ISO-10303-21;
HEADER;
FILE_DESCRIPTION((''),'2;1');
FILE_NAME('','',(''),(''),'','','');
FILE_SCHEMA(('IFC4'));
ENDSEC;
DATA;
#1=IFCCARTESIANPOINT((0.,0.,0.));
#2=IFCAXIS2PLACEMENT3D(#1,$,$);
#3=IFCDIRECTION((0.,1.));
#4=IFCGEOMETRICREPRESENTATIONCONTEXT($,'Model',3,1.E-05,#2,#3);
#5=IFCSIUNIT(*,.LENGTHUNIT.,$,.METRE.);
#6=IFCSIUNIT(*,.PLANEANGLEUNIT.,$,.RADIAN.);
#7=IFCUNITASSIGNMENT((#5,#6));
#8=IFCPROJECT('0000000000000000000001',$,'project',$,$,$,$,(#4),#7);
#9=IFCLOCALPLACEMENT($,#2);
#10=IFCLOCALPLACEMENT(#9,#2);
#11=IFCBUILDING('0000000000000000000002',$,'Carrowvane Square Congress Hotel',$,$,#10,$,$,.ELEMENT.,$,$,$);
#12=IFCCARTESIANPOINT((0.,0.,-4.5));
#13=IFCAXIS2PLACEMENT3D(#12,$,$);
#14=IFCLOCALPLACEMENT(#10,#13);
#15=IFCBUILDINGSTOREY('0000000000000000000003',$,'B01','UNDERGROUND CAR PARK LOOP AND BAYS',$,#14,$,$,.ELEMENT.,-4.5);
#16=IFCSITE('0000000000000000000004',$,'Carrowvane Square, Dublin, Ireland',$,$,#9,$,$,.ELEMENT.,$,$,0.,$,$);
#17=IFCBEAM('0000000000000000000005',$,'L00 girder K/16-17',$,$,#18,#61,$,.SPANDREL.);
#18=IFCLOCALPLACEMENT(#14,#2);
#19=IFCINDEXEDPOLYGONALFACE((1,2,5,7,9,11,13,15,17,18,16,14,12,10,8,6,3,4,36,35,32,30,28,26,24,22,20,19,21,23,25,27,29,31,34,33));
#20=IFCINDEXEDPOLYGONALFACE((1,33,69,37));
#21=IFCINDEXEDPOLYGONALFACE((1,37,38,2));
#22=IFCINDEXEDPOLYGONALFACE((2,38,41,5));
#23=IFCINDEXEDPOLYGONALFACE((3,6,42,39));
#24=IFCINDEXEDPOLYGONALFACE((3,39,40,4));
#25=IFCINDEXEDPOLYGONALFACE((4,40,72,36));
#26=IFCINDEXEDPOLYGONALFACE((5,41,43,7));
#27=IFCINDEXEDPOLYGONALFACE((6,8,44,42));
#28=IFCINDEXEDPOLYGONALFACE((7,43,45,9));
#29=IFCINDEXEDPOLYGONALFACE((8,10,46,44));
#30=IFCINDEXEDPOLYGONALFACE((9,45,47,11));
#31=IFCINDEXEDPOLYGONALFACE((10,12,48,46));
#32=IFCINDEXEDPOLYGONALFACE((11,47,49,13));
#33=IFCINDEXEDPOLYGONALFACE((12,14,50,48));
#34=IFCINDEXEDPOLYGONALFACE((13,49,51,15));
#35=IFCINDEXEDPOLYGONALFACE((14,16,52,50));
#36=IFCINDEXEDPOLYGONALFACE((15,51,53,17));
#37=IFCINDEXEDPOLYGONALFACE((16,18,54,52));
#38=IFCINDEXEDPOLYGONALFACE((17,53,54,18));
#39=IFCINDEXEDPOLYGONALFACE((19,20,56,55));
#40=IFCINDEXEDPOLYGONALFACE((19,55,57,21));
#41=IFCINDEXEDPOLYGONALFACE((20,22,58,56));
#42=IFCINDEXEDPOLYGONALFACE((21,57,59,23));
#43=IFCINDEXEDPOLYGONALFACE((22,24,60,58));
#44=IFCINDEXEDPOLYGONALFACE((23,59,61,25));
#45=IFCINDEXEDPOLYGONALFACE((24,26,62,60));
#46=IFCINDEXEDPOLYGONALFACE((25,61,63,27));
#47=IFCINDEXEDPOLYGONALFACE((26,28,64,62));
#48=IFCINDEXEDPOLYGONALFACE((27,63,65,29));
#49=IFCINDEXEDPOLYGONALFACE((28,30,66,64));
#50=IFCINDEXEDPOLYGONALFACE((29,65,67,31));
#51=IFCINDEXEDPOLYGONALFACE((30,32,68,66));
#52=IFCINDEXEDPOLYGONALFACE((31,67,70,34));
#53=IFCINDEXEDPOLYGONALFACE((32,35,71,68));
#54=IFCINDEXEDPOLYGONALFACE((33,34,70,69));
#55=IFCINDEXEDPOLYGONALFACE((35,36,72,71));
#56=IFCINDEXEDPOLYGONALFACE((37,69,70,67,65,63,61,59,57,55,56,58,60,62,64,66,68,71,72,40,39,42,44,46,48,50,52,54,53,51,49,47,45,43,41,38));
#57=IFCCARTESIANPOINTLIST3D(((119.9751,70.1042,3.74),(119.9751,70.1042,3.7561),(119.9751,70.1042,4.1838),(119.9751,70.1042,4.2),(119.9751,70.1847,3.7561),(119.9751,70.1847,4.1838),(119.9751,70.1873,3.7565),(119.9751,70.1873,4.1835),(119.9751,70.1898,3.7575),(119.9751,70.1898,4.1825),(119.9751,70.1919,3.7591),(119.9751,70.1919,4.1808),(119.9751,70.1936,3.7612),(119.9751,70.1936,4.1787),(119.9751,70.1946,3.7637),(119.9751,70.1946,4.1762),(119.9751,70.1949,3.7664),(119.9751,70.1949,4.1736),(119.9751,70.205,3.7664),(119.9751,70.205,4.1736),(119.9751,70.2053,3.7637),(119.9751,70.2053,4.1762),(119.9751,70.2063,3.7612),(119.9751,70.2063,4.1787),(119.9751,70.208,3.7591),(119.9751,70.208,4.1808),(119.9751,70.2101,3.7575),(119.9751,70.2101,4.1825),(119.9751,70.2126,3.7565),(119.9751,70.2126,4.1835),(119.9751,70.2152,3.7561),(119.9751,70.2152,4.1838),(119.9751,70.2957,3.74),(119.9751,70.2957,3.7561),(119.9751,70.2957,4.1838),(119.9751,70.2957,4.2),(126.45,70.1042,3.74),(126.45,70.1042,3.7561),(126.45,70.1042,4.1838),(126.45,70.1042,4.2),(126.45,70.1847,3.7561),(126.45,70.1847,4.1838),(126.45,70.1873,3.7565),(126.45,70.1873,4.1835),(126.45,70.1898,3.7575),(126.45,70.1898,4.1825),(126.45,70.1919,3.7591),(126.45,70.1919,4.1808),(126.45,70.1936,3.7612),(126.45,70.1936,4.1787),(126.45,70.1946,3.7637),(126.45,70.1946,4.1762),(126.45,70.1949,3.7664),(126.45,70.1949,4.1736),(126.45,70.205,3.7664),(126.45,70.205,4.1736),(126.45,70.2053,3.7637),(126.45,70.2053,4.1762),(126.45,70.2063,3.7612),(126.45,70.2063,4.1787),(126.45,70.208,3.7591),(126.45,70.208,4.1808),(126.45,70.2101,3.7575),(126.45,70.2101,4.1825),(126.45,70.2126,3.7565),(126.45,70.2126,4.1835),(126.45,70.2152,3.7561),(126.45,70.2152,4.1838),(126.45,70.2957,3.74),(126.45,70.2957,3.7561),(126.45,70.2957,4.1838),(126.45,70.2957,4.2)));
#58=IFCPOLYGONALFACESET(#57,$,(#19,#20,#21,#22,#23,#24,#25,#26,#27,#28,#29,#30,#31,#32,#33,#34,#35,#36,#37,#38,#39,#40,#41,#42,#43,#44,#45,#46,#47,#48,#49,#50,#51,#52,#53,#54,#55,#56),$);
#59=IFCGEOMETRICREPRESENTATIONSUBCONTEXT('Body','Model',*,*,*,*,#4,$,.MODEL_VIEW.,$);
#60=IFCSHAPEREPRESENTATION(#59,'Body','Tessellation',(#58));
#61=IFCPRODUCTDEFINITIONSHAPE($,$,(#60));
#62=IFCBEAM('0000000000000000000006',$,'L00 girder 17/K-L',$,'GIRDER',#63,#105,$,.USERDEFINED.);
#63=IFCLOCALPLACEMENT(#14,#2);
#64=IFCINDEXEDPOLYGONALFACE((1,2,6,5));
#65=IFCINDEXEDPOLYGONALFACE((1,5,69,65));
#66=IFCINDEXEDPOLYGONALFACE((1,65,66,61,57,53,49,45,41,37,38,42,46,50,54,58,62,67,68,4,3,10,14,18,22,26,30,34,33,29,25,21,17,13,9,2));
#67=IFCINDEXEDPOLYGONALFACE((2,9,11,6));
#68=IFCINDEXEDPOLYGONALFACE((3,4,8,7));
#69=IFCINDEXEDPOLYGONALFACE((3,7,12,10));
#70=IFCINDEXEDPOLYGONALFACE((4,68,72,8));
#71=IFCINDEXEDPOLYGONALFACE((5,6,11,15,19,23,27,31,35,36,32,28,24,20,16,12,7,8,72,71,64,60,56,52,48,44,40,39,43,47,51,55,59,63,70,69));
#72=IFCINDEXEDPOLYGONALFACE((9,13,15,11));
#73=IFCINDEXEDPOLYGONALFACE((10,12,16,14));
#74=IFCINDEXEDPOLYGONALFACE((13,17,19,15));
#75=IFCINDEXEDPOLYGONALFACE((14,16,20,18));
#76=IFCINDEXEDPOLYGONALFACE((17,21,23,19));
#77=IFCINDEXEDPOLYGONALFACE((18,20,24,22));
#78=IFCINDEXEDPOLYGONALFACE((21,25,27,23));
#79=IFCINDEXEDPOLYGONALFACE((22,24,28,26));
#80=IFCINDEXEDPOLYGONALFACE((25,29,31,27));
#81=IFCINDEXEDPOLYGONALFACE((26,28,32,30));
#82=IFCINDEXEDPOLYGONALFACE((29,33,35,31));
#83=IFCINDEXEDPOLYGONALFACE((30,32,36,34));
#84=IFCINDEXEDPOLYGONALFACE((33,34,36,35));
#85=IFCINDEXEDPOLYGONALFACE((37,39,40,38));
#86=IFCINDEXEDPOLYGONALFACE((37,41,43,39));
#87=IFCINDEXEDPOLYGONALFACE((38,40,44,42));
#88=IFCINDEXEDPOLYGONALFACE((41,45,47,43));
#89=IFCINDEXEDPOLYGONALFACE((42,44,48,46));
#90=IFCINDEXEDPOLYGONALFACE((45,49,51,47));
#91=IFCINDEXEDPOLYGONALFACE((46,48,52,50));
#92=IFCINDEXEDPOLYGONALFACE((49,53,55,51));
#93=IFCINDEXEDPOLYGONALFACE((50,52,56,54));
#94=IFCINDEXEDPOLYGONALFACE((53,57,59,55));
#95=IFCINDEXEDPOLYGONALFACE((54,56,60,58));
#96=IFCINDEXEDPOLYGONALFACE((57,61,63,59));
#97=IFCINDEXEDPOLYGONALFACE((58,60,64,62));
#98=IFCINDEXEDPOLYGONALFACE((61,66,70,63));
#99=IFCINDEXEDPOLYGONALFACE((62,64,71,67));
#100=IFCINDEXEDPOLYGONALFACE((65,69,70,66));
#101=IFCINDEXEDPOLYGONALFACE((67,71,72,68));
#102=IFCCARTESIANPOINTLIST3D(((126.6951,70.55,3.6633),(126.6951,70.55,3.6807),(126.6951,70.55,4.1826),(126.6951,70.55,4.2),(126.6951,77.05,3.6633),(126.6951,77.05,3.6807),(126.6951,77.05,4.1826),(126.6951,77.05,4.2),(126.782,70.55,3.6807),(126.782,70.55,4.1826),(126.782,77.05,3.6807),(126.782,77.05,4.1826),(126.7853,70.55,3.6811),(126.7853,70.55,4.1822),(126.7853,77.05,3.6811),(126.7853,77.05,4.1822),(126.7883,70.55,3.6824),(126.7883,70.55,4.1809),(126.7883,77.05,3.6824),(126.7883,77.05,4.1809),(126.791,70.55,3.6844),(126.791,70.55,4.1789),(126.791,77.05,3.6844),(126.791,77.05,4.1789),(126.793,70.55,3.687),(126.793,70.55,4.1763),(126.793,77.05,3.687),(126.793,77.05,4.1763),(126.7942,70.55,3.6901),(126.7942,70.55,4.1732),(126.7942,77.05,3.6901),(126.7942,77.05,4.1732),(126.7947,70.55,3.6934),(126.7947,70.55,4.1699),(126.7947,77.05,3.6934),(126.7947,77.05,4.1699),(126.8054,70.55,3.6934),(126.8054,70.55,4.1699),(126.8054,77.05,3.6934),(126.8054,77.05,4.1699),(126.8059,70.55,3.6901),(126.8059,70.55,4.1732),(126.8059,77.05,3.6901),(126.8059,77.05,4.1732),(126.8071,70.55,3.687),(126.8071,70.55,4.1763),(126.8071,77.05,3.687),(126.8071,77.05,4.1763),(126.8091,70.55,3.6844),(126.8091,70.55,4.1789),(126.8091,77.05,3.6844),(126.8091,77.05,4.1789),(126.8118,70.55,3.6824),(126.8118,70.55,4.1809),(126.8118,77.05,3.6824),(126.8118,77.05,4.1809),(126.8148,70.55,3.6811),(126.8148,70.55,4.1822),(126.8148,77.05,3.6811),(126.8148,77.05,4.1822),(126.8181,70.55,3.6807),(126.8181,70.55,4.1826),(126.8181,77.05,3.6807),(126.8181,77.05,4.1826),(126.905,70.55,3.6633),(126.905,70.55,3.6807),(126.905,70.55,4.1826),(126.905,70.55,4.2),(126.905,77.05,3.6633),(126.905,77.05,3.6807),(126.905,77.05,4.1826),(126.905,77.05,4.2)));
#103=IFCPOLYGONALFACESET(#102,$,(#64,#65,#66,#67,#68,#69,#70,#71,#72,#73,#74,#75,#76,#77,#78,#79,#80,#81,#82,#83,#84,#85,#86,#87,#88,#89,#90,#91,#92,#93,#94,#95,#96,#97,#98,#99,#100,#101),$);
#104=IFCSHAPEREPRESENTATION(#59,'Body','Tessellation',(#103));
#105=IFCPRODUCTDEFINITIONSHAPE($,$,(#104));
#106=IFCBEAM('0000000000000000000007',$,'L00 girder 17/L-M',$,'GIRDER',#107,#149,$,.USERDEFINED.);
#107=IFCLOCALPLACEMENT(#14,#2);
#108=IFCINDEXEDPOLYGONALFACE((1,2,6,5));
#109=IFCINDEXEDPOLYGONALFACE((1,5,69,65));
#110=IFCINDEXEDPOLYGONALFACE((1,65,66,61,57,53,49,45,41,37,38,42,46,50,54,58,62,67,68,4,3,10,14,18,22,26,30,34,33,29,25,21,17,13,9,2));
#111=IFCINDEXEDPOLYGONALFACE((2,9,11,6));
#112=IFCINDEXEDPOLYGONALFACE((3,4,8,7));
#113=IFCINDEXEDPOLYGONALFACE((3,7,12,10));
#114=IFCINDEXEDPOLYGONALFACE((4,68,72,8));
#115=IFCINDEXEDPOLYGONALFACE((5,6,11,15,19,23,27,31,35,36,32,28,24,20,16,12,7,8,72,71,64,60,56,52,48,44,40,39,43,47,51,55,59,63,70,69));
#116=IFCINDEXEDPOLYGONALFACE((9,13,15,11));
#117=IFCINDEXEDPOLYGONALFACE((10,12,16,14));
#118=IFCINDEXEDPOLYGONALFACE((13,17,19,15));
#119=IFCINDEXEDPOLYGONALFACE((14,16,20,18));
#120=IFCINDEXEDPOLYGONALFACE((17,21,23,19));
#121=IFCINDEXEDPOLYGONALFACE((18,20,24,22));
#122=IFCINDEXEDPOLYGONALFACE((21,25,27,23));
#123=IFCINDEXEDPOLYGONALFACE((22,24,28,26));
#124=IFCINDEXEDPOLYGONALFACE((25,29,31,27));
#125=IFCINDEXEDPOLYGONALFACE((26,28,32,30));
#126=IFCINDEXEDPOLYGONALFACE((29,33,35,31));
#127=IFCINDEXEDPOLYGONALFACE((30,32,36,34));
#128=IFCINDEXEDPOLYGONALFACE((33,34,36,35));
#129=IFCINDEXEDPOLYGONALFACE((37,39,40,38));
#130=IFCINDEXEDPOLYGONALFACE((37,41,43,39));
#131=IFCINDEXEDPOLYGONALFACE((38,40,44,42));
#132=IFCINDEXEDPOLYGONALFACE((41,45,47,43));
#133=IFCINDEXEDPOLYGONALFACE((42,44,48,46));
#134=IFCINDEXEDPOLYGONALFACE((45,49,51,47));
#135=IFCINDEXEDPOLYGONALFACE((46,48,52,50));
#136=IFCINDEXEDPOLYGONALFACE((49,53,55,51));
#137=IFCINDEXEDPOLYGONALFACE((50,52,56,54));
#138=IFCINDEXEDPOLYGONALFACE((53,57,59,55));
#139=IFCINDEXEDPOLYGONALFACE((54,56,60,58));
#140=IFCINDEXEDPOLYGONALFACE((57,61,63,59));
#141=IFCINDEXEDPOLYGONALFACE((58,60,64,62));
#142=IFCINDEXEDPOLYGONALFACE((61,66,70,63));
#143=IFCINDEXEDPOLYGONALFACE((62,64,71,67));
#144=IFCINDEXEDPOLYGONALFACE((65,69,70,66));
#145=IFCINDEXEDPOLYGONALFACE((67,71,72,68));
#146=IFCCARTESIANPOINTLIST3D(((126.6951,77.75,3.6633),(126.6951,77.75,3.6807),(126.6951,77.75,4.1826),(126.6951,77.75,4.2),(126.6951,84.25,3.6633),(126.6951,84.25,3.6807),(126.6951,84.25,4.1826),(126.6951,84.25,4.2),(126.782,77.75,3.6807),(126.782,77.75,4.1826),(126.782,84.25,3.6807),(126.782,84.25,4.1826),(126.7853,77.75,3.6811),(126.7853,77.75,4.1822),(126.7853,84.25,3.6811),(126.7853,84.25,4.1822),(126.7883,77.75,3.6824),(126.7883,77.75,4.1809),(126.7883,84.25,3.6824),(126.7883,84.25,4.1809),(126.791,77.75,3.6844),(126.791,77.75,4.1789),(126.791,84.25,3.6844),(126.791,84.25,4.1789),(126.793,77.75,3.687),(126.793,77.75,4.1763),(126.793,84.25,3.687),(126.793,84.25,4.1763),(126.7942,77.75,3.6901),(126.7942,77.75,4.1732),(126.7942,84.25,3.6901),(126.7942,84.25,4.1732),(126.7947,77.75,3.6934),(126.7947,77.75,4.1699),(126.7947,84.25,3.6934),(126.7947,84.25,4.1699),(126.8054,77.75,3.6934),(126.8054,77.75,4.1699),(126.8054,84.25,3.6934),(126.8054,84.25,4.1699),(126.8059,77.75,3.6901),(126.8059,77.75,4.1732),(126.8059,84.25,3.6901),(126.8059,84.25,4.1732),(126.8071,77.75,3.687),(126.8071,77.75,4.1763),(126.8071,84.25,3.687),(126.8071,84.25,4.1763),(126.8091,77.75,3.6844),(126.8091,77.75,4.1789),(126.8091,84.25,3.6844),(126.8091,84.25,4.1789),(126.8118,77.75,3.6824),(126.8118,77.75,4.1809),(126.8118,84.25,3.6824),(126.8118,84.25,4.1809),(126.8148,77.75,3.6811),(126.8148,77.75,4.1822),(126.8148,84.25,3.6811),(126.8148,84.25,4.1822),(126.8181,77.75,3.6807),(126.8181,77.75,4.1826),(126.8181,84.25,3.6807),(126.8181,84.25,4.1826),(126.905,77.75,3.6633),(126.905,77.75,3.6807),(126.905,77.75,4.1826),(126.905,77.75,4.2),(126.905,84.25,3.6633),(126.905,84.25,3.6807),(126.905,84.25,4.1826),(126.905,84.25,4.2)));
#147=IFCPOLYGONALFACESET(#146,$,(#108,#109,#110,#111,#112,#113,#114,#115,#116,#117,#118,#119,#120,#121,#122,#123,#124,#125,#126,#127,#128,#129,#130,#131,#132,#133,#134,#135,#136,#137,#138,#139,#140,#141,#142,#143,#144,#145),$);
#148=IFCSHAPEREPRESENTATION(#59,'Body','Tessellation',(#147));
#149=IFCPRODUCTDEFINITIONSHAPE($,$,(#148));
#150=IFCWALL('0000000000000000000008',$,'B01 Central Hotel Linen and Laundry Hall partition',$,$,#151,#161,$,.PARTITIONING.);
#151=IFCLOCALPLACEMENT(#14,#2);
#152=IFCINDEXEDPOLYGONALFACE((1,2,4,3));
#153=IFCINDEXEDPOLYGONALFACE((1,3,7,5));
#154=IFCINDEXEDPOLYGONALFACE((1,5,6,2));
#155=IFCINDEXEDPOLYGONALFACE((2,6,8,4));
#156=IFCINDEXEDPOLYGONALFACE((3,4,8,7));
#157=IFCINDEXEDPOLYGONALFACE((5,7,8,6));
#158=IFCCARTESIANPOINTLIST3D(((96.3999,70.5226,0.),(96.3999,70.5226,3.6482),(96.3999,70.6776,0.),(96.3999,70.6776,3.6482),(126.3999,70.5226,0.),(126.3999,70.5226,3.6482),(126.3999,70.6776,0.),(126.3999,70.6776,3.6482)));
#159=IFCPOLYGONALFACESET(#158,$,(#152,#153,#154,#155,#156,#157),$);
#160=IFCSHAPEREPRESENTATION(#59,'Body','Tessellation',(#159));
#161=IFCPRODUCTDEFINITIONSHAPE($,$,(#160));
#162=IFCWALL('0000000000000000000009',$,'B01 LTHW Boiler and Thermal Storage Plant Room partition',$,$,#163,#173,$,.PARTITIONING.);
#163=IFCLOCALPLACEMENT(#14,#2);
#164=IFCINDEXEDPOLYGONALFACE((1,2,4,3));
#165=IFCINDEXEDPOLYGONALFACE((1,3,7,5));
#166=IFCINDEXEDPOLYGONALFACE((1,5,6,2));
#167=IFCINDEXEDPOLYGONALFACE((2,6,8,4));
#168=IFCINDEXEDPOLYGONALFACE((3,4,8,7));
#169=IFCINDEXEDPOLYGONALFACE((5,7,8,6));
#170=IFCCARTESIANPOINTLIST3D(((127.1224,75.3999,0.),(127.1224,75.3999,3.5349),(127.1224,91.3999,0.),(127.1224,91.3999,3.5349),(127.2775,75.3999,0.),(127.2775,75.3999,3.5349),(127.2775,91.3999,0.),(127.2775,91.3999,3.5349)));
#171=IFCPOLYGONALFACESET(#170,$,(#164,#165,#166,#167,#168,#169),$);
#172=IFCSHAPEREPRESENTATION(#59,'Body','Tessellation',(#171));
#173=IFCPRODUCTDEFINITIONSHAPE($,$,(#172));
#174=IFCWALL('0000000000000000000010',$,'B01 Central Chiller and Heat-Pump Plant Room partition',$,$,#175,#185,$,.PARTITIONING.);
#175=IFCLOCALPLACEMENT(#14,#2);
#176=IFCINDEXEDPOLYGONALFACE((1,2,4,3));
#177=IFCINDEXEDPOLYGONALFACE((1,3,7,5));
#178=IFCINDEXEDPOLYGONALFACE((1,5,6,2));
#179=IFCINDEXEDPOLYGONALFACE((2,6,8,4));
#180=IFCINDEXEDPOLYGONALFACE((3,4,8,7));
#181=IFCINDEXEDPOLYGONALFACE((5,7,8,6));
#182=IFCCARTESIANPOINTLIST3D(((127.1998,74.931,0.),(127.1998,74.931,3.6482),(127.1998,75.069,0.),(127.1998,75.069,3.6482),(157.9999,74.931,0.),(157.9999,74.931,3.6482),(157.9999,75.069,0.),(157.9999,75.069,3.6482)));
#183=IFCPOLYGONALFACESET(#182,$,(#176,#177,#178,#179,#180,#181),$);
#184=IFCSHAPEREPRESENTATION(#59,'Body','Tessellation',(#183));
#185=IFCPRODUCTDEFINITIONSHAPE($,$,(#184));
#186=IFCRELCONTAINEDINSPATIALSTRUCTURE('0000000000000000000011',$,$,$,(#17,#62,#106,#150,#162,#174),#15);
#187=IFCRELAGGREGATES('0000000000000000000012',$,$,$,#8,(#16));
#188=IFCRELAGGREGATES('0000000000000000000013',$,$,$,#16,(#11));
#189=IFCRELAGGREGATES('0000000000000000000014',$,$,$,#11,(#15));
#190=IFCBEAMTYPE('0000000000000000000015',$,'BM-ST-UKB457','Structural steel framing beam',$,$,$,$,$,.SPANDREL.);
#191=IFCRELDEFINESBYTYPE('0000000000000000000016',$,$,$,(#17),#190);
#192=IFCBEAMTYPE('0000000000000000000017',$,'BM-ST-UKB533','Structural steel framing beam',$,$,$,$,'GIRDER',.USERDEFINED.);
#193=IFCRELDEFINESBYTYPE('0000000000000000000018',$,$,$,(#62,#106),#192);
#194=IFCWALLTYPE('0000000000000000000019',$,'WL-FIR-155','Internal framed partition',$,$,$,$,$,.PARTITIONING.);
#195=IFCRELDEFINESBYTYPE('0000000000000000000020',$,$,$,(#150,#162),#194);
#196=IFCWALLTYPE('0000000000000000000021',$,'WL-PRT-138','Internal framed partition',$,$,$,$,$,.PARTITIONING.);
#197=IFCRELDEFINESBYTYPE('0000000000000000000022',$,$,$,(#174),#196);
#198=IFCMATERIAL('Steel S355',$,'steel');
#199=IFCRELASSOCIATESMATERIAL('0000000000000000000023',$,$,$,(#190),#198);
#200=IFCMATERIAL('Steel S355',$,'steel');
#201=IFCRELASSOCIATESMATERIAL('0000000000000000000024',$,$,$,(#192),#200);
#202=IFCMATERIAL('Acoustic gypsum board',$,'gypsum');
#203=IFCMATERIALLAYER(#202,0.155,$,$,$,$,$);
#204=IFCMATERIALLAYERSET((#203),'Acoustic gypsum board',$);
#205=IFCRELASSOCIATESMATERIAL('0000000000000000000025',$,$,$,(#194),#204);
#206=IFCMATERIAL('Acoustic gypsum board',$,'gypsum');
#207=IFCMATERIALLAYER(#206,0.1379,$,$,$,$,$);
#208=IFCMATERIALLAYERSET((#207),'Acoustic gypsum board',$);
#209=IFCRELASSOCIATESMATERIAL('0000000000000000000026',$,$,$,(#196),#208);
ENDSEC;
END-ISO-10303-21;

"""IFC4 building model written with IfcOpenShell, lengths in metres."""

from ifc_helpers import new_model, si_unit, direction, frame, frame_2d, origin, origin_2d, place, context, subcontext, project, spatial, rectangle, i_section, extrude, material, layer, layer_set, material_profile, profile_set, type_object, element, save


model = new_model("IFC4")

# Units and contexts
model_context = context("Model", 3, precision=1e-05, world=origin(), true_north=direction((0.0, 1.0)))
body_context = subcontext(model_context, "Body", "Model", "MODEL_VIEW")
ifc_project = project(units=[si_unit("LENGTHUNIT", "METRE"), si_unit("PLANEANGLEUNIT", "RADIAN")], contexts=[model_context])

# Site, building, storey
site_placement = place(None, origin())
site = spatial("IfcSite", under=ifc_project, at=site_placement, Name="Carrowvane Square, Dublin, Ireland", CompositionType="ELEMENT", RefElevation=0.0)
building_placement = place(site_placement, origin())
building = spatial("IfcBuilding", under=site, at=building_placement, Name="Carrowvane Square Congress Hotel", CompositionType="ELEMENT")
storey_placement = place(building_placement, frame((0.0, 0.0, -4.5)))
storey = spatial("IfcBuildingStorey", under=building, at=storey_placement, Name="B01", Description="UNDERGROUND CAR PARK LOOP AND BAYS", CompositionType="ELEMENT", Elevation=-4.5)

# Beams
ifc_material_1 = material(Name="Steel S355", Category="steel")
ifc_material_profile_1 = material_profile(ifc_material_1, i_section(OverallWidth=0.1914, OverallDepth=0.46, WebThickness=0.01, FlangeThickness=0.0161, FilletRadius=0.0103, at=origin_2d()), Name="UKB 457x191x82")
ifc_profile_set_1 = profile_set([ifc_material_profile_1], Name="Steel S355")
beam_type_1 = type_object("IfcBeamType", Name="BM-ST-UKB457", Description="Structural steel framing beam", PredefinedType="SPANDREL", material=ifc_profile_set_1)
beam_1_placement = place(storey_placement, frame((119.9751, 70.2, 3.97), z_axis=(1.0, 0.0, 0.0), x_axis=(0.0, 1.0, 0.0)))
element("IfcBeam", 1, at=beam_1_placement, inside=storey, type_object=beam_type_1, Name="L00 girder K/16-17", PredefinedType="SPANDREL", context=body_context, shape_type="SweptSolid", body=[
    extrude(i_section(OverallWidth=0.1914, OverallDepth=0.46, WebThickness=0.01, FlangeThickness=0.0161, FilletRadius=0.0103, at=origin_2d()), origin(), (0.0, 0.0, 1.0), 6.4749),
])
ifc_material_2 = material(Name="Steel S355", Category="steel")
ifc_material_profile_2 = material_profile(ifc_material_2, i_section(OverallWidth=0.21, OverallDepth=0.5366, WebThickness=0.0107, FlangeThickness=0.0173, FilletRadius=0.0127, at=origin_2d()), Name="UKB 533x210x101")
ifc_profile_set_2 = profile_set([ifc_material_profile_2], Name="Steel S355")
beam_type_2 = type_object("IfcBeamType", Name="BM-ST-UKB533", Description="Structural steel framing beam", ElementType="GIRDER", PredefinedType="USERDEFINED", material=ifc_profile_set_2)
for number, where, z_axis, x_axis, name in (
    (2, (126.8, 70.55, 3.9316), (0.0, 1.0, 0.0), (-1.0, 0.0, 0.0), "L00 girder 17/K-L"),
    (3, (126.8, 77.75, 3.9316), (0.0, 1.0, 0.0), (-1.0, 0.0, 0.0), "L00 girder 17/L-M"),
):
    element("IfcBeam", number, at=place(storey_placement, frame(where, z_axis=z_axis, x_axis=x_axis)), inside=storey, type_object=beam_type_2, Name=name, ObjectType="GIRDER", PredefinedType="USERDEFINED", context=body_context, shape_type="SweptSolid", body=[
        extrude(i_section(OverallWidth=0.21, OverallDepth=0.5366, WebThickness=0.0107, FlangeThickness=0.0173, FilletRadius=0.0127, at=origin_2d()), origin(), (0.0, 0.0, 1.0), 6.5),
    ])

# Walls
ifc_material_3 = material(Name="Acoustic gypsum board", Category="gypsum")
ifc_layer_1 = layer(ifc_material_3, 0.155)
ifc_layer_set_1 = layer_set([ifc_layer_1], Name="Acoustic gypsum board")
wall_type_1 = type_object("IfcWallType", Name="WL-FIR-155", Description="Internal framed partition", PredefinedType="PARTITIONING", material=ifc_layer_set_1)
wall_1_placement = place(storey_placement, frame((126.3999, 70.6001, 0.0), z_axis=(0.0, 0.0, 1.0), x_axis=(-1.0, 0.0, 0.0)))
element("IfcWall", 4, at=wall_1_placement, inside=storey, type_object=wall_type_1, Name="B01 Central Hotel Linen and Laundry Hall partition", PredefinedType="PARTITIONING", context=body_context, shape_type="SweptSolid", body=[
    extrude(rectangle(XDim=30.0, YDim=0.155, at=frame_2d((15.0, 0.0))), origin(), (0.0, 0.0, 1.0), 3.6482),
])
wall_2_placement = place(storey_placement, frame((127.2, 75.3999, 0.0), z_axis=(0.0, 0.0, 1.0), x_axis=(0.0, 1.0, 0.0)))
element("IfcWall", 5, at=wall_2_placement, inside=storey, type_object=wall_type_1, Name="B01 LTHW Boiler and Thermal Storage Plant Room partition", PredefinedType="PARTITIONING", context=body_context, shape_type="SweptSolid", body=[
    extrude(rectangle(XDim=16.0, YDim=0.155, at=frame_2d((8.0, 0.0))), origin(), (0.0, 0.0, 1.0), 3.5349),
])
ifc_material_4 = material(Name="Acoustic gypsum board", Category="gypsum")
ifc_layer_2 = layer(ifc_material_4, 0.1379)
ifc_layer_set_2 = layer_set([ifc_layer_2], Name="Acoustic gypsum board")
wall_type_2 = type_object("IfcWallType", Name="WL-PRT-138", Description="Internal framed partition", PredefinedType="PARTITIONING", material=ifc_layer_set_2)
wall_3_placement = place(storey_placement, frame((127.2, 75.0, 0.0), z_axis=(0.0, 0.0, 1.0), x_axis=(1.0, 0.0, 0.0)))
element("IfcWall", 6, at=wall_3_placement, inside=storey, type_object=wall_type_2, Name="B01 Central Chiller and Heat-Pump Plant Room partition", PredefinedType="PARTITIONING", context=body_context, shape_type="SweptSolid", body=[
    extrude(rectangle(XDim=30.8, YDim=0.1379, at=frame_2d((15.3999, 0.0))), origin(), (0.0, 0.0, 1.0), 3.6482),
])

save(model, "model.ifc")
